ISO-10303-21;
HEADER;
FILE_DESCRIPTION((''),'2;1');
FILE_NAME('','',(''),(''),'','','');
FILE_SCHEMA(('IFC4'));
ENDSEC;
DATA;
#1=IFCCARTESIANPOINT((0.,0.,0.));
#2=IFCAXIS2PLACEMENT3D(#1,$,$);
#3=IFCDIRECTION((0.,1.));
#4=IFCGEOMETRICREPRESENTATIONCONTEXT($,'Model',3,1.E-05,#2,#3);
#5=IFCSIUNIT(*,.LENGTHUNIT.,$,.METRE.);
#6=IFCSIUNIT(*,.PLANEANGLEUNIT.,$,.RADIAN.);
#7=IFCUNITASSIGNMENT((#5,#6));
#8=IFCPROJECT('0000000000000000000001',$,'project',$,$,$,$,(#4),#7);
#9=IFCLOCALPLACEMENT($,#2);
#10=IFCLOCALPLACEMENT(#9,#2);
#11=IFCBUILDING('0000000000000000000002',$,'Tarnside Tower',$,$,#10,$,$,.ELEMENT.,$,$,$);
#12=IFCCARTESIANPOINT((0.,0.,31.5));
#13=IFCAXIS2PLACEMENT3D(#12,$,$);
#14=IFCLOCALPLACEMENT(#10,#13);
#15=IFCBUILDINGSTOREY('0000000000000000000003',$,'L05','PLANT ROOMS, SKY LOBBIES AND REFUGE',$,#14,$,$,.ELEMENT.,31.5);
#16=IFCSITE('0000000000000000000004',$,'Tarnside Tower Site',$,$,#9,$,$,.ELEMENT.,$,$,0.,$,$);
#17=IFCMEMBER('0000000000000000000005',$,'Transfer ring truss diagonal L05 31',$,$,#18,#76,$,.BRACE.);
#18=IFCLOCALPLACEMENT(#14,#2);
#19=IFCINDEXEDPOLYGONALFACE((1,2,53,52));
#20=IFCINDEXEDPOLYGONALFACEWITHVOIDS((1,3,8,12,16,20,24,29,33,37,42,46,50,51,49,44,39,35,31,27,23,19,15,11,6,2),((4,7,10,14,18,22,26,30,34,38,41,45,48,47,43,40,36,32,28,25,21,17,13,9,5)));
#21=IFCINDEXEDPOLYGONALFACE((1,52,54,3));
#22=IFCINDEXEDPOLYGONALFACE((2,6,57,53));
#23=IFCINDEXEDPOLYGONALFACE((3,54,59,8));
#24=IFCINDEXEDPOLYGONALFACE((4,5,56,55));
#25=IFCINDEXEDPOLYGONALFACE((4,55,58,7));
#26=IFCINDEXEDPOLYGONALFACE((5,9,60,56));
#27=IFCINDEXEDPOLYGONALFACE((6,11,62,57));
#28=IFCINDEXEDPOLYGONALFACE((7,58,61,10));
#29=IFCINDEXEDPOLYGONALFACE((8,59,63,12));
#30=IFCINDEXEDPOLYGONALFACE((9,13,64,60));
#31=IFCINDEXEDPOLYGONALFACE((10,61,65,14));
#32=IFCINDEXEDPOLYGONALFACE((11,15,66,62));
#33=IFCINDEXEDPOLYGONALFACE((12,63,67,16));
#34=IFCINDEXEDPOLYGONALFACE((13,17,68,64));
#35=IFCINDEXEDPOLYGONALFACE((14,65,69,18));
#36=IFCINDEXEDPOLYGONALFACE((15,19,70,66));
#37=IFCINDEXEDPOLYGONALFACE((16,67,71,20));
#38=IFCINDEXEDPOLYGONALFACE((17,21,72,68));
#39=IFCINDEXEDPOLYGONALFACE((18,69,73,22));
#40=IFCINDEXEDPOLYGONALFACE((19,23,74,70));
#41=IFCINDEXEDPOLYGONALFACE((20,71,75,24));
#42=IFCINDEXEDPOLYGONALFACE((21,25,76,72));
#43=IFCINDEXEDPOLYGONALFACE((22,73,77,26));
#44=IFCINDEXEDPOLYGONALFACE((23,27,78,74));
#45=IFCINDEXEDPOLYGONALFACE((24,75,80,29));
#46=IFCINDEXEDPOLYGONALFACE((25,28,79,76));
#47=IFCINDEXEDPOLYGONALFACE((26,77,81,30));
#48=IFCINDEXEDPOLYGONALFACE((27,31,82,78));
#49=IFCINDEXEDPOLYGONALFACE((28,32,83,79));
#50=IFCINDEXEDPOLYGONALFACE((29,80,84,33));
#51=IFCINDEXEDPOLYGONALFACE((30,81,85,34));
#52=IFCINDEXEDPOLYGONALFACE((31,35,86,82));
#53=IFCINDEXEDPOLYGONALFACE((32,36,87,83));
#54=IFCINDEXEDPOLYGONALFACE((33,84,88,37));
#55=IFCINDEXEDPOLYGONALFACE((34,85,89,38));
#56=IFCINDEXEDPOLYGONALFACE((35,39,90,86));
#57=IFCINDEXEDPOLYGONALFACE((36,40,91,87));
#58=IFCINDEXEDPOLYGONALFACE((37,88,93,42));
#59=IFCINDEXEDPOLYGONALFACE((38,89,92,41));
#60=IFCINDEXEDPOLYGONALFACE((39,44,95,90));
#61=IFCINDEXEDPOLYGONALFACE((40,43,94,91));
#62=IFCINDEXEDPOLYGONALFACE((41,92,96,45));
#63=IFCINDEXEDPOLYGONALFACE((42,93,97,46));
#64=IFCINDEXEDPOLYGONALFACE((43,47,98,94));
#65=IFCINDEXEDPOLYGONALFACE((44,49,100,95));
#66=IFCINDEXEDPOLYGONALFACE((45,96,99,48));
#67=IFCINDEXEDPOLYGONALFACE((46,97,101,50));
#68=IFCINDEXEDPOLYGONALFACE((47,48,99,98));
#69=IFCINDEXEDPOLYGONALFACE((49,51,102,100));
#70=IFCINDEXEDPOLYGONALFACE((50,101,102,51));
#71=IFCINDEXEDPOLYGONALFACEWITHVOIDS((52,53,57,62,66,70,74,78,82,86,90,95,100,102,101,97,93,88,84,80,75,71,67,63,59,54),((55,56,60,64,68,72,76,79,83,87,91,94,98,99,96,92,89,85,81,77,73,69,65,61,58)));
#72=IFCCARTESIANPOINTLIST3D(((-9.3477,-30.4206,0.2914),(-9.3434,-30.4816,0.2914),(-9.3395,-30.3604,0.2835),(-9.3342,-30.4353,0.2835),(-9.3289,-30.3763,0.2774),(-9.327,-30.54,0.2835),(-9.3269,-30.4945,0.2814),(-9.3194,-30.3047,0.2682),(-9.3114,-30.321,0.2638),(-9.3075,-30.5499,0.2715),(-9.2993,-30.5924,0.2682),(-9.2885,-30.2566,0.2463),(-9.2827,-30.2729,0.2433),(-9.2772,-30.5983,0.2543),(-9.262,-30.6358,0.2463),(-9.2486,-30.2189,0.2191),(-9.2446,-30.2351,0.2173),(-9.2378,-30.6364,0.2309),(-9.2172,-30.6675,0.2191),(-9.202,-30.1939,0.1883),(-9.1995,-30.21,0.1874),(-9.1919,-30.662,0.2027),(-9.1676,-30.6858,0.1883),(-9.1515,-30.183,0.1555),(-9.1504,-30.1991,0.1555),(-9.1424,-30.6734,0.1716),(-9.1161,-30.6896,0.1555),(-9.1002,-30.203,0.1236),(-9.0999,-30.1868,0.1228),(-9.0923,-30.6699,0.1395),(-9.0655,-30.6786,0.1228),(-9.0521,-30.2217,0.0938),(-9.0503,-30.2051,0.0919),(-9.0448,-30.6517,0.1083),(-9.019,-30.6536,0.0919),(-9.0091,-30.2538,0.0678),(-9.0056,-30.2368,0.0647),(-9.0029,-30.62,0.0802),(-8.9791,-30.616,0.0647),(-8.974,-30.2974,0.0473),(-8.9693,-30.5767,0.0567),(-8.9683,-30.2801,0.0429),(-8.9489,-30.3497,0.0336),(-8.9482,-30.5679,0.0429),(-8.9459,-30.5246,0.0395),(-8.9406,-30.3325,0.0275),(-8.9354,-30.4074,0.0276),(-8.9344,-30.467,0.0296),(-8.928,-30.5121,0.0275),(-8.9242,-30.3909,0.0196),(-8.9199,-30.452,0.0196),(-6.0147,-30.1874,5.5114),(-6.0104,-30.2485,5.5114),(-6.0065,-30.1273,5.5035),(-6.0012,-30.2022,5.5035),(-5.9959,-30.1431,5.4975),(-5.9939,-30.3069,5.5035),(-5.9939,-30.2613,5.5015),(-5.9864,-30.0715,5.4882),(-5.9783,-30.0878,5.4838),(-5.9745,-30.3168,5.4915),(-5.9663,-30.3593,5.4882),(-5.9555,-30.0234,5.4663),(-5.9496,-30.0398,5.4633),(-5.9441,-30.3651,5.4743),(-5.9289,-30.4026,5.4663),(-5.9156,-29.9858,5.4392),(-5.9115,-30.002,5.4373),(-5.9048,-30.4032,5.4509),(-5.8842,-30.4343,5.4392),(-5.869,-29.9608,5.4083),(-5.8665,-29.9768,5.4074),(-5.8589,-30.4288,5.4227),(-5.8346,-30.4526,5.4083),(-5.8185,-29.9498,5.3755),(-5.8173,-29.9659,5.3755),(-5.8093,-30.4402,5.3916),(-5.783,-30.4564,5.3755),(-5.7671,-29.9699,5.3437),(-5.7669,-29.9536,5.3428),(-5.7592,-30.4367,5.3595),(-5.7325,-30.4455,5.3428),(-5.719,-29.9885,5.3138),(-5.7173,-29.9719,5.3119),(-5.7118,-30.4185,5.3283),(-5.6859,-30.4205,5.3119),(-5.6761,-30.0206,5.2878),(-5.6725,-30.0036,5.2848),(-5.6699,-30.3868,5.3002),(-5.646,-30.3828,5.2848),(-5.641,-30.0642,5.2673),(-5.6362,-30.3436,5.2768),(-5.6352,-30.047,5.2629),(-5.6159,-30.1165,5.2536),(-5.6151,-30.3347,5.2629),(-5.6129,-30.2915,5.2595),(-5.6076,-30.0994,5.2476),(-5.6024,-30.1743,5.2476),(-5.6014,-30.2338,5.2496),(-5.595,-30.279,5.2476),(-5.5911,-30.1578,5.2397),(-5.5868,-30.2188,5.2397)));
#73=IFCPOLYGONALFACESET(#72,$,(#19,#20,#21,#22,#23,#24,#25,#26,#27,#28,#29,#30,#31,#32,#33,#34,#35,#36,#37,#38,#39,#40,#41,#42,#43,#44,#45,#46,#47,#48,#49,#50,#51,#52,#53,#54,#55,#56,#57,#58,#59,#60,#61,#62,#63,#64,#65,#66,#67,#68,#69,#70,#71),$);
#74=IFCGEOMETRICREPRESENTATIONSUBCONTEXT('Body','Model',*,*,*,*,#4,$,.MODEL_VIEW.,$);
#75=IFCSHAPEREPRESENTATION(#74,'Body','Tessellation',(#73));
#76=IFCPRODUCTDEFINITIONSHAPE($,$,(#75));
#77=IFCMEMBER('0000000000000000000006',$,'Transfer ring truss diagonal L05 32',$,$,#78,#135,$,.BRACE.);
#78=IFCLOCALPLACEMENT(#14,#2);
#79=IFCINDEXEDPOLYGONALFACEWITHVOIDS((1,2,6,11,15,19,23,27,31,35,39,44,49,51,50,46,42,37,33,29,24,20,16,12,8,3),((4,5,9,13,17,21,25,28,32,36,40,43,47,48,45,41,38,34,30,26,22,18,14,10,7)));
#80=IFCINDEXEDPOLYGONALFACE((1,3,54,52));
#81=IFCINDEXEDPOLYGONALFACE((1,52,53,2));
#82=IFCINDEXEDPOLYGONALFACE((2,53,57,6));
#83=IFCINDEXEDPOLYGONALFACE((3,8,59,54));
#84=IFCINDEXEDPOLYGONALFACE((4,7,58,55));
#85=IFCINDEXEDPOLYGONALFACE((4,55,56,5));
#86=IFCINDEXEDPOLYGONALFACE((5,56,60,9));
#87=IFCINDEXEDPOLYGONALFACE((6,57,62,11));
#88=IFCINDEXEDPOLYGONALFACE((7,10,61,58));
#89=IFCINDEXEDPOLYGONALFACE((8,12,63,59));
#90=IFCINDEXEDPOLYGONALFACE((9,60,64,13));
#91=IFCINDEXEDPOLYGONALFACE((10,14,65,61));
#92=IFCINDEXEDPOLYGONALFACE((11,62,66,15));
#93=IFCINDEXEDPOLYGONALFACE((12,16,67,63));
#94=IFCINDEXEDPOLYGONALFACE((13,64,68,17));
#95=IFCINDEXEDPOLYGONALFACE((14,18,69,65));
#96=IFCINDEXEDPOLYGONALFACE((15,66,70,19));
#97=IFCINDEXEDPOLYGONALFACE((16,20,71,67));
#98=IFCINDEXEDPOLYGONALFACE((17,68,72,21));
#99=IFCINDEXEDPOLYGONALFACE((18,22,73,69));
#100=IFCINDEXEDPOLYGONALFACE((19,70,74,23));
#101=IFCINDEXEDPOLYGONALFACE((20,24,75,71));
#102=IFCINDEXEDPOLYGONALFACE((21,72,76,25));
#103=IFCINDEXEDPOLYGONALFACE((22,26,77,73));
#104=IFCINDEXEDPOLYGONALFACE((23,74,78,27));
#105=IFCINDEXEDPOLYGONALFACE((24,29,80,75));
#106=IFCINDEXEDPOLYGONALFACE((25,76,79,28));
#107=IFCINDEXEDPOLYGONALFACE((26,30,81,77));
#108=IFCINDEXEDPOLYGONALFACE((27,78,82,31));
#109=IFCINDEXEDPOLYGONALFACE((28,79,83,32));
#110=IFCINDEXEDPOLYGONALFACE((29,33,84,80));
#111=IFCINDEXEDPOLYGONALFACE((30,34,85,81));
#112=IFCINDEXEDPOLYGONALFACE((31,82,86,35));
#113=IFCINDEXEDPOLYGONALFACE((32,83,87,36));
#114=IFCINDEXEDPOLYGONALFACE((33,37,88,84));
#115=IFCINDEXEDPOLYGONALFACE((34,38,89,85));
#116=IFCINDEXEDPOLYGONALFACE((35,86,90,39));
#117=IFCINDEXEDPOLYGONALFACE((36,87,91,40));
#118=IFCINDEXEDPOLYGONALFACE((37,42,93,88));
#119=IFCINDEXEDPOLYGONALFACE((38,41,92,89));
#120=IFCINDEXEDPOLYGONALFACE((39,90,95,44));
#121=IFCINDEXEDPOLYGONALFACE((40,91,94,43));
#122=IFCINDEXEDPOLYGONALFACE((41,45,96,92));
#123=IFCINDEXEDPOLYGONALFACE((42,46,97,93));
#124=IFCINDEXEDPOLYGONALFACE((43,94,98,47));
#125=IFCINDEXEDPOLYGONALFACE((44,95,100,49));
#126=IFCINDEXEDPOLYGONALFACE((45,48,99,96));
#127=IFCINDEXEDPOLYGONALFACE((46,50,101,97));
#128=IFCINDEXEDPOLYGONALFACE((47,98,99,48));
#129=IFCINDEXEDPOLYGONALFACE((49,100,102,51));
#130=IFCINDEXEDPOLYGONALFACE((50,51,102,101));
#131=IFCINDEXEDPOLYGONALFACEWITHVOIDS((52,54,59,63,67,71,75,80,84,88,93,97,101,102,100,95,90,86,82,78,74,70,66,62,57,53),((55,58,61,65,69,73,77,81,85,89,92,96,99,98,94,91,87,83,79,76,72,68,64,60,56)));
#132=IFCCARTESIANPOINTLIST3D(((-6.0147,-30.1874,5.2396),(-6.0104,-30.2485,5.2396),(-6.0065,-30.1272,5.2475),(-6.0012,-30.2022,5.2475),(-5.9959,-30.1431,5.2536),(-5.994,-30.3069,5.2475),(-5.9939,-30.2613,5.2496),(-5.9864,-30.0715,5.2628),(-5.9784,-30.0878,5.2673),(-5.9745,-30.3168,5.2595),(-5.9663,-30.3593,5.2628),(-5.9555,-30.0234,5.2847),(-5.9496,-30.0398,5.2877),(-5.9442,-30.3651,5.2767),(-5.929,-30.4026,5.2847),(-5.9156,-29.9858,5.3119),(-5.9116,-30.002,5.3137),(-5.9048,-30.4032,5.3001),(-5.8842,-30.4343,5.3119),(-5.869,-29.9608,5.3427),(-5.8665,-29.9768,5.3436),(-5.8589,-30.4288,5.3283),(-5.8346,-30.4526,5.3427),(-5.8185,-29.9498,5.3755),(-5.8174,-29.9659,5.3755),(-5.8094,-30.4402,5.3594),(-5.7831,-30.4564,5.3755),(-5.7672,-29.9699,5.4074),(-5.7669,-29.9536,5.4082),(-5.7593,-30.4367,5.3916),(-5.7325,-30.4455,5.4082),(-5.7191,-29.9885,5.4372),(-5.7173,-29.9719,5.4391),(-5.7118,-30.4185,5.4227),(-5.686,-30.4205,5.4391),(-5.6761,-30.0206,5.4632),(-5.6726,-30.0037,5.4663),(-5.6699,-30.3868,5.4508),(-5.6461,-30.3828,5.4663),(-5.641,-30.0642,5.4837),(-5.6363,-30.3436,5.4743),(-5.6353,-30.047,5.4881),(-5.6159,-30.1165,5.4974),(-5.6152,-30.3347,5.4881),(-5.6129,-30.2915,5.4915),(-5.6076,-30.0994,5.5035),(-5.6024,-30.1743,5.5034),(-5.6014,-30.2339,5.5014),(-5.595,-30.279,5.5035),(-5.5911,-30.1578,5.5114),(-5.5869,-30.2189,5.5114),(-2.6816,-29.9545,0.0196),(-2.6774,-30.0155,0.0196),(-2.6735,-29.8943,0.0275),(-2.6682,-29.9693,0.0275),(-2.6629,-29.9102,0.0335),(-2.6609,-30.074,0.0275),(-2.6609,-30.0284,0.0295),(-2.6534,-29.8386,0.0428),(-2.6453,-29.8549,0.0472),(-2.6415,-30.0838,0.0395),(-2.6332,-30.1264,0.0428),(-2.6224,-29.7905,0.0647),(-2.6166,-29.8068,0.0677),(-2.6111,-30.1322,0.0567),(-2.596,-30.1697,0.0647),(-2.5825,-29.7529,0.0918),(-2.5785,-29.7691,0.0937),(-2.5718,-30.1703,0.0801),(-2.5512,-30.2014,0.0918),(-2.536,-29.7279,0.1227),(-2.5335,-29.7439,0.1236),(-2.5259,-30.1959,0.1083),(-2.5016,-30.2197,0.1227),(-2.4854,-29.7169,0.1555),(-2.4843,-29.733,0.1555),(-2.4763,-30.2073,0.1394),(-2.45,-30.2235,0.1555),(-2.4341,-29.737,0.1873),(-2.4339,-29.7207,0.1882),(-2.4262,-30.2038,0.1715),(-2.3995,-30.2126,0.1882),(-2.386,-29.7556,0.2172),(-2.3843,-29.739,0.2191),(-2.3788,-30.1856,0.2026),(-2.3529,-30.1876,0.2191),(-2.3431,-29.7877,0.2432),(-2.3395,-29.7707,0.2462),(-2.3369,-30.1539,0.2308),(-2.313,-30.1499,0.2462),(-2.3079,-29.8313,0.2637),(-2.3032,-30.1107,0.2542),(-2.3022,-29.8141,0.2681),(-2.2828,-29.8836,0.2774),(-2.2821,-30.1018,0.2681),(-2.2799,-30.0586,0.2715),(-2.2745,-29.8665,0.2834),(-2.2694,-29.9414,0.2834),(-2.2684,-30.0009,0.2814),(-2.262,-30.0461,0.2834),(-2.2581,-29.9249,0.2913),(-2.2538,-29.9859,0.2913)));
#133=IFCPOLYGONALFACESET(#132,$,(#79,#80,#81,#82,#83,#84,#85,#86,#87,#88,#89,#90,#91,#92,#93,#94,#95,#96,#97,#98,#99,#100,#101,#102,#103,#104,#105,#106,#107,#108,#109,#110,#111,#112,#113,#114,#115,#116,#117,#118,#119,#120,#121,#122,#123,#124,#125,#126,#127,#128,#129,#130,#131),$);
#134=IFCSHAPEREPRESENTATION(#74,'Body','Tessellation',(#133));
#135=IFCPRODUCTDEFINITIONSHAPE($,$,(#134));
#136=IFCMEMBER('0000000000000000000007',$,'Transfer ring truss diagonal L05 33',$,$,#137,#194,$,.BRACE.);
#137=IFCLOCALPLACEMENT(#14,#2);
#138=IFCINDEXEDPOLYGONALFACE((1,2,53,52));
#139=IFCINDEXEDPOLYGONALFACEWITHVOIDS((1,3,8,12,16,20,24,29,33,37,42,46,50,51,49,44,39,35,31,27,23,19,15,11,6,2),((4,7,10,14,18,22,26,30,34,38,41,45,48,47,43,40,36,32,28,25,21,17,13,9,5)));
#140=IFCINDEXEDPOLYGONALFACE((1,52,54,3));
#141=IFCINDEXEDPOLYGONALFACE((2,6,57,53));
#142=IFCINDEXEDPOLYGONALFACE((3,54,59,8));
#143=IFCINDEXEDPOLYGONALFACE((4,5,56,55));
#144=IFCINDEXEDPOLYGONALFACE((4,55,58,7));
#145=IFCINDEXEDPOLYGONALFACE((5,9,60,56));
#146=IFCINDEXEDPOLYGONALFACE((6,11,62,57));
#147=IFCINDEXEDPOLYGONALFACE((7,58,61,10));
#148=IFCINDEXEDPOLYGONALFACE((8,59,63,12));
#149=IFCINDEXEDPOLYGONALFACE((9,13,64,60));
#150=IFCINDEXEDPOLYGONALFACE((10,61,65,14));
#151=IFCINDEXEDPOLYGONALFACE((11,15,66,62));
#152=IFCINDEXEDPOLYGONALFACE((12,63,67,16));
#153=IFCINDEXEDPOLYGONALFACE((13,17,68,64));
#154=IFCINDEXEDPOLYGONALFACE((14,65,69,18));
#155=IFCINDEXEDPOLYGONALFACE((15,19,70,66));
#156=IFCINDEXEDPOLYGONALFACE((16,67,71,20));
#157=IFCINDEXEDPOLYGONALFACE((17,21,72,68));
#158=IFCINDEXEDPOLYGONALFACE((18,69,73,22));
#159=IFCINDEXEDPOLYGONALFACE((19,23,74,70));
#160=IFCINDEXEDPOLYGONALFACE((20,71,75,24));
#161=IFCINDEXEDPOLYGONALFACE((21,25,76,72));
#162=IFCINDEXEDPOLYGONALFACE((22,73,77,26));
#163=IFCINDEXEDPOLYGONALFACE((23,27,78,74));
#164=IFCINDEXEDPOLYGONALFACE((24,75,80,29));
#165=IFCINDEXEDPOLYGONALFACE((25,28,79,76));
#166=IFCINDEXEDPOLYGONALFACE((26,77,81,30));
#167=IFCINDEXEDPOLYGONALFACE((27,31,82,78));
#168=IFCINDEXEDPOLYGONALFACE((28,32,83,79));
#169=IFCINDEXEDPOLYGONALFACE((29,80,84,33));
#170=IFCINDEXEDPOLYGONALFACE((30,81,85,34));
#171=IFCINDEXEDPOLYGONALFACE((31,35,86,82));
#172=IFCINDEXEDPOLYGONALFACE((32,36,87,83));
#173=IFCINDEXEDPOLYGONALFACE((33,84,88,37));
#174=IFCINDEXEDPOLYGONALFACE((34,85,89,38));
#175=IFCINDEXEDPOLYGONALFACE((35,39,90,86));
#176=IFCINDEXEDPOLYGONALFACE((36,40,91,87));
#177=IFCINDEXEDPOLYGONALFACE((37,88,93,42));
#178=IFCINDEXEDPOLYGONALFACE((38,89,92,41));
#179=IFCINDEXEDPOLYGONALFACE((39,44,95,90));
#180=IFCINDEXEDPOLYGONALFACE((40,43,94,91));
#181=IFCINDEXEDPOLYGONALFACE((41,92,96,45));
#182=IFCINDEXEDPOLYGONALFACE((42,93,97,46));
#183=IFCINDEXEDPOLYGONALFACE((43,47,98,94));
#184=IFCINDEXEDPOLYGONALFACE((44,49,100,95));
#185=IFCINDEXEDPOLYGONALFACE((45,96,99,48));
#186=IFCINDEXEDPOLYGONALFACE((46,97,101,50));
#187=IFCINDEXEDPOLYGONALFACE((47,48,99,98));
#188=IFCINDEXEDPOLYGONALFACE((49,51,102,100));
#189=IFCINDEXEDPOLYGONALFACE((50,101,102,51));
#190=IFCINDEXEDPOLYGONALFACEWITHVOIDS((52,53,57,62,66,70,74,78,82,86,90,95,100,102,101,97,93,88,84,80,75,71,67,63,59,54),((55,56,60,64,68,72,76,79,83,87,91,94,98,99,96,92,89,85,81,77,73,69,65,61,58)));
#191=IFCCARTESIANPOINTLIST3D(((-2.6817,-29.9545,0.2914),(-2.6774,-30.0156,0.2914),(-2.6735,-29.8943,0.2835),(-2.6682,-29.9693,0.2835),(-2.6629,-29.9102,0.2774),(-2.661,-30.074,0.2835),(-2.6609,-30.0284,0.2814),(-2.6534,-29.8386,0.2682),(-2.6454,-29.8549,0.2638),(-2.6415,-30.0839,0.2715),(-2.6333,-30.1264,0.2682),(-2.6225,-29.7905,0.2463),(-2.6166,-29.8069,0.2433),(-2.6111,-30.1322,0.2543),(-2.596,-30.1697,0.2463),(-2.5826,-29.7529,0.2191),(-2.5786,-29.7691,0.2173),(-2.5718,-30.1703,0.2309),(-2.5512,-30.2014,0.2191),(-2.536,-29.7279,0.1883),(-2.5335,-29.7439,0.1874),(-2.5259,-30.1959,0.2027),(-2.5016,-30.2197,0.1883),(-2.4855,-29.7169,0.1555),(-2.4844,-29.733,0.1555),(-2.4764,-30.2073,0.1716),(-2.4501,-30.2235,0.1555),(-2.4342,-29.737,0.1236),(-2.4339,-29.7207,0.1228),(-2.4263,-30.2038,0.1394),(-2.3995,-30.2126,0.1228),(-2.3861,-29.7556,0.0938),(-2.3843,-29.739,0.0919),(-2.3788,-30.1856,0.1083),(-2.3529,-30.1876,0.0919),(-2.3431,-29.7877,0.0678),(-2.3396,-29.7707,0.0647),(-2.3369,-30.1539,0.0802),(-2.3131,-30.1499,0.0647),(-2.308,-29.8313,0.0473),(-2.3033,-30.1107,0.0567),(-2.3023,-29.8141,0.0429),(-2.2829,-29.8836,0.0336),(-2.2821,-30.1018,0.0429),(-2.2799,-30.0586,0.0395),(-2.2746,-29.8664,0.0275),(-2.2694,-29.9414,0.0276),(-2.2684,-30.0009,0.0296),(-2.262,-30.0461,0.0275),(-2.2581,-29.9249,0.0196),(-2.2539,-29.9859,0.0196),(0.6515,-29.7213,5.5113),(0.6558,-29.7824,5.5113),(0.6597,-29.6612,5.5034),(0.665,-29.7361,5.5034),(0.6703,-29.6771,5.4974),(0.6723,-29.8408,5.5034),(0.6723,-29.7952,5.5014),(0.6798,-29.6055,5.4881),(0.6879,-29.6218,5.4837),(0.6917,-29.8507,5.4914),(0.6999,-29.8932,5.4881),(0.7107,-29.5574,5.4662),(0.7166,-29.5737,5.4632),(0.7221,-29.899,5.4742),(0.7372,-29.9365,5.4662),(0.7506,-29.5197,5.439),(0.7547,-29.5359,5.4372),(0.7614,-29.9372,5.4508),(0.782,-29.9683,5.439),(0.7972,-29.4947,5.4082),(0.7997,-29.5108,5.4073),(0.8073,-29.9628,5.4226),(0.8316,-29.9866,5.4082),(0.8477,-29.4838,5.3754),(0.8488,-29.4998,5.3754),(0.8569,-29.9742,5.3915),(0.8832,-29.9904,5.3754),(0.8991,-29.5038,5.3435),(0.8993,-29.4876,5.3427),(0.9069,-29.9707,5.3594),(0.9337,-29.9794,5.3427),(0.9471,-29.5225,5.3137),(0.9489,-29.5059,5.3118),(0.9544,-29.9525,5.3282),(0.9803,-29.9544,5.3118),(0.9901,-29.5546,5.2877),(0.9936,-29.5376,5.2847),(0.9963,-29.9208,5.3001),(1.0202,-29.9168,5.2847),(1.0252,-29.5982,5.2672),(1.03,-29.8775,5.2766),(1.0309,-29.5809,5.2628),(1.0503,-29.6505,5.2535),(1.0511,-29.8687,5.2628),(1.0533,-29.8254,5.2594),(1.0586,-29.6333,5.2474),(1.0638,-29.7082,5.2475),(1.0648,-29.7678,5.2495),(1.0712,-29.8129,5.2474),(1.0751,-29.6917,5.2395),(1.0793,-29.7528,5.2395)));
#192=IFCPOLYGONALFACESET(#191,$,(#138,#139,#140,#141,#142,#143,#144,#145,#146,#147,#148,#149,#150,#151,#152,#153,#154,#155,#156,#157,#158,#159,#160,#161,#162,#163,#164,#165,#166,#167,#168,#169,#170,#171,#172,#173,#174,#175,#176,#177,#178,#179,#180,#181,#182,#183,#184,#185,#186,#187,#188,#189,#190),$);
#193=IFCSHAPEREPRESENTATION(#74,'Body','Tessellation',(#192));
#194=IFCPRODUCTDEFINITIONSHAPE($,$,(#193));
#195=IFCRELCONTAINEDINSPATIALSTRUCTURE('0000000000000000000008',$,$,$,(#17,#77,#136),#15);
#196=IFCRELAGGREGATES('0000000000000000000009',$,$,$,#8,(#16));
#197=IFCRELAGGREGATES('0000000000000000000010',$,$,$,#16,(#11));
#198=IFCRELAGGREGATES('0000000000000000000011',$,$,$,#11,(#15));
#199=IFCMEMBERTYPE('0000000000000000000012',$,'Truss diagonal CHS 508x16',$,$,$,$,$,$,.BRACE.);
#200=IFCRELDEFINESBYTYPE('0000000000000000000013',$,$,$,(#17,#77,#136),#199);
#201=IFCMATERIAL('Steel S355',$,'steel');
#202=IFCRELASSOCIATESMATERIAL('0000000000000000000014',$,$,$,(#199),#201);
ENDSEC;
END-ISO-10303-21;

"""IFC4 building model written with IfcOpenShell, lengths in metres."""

from ifc_helpers import new_model, si_unit, direction, frame, origin, origin_2d, place, context, subcontext, project, spatial, hollow_circle, extrude, material, material_profile, profile_set, type_object, element, save


model = new_model("IFC4")

# Units and contexts
model_context = context("Model", 3, precision=1e-05, world=origin(), true_north=direction((0.0, 1.0)))
body_context = subcontext(model_context, "Body", "Model", "MODEL_VIEW")
ifc_project = project(units=[si_unit("LENGTHUNIT", "METRE"), si_unit("PLANEANGLEUNIT", "RADIAN")], contexts=[model_context])

# Site, building, storey
site_placement = place(None, origin())
site = spatial("IfcSite", under=ifc_project, at=site_placement, Name="Tarnside Tower Site", CompositionType="ELEMENT", RefElevation=0.0)
building_placement = place(site_placement, origin())
building = spatial("IfcBuilding", under=site, at=building_placement, Name="Tarnside Tower", CompositionType="ELEMENT")
storey_placement = place(building_placement, frame((0.0, 0.0, 31.5)))
storey = spatial("IfcBuildingStorey", under=building, at=storey_placement, Name="L05", Description="PLANT ROOMS, SKY LOBBIES AND REFUGE", CompositionType="ELEMENT", Elevation=31.5)

# Shared definitions
ifc_material_1 = material(Name="Steel S355", Category="steel")

# Members
ifc_material_profile_1 = material_profile(ifc_material_1, hollow_circle(Radius=0.2539, WallThickness=0.0161, at=origin_2d()), Name="CHS 508x16")
ifc_profile_set_1 = profile_set([ifc_material_profile_1], Name="Steel S355")
member_type_1 = type_object("IfcMemberType", Name="Truss diagonal CHS 508x16", PredefinedType="BRACE", material=ifc_profile_set_1)
for number, where, z_axis, x_axis, name in (
    (1, (-9.1338, -30.4363, 0.1555), (0.537782, 0.03762, 0.842244), (-0.069783, 0.997562, 0.0), "Transfer ring truss diagonal L05 31"),
    (2, (-5.8008, -30.2031, 5.3755), (0.537783, 0.03758, -0.842245), (-0.06971, 0.997567, 0.0), "Transfer ring truss diagonal L05 32"),
    (3, (-2.4678, -29.9702, 0.1555), (0.53781, 0.037619, 0.842226), (-0.069778, 0.997563, 0.0), "Transfer ring truss diagonal L05 33"),
):
    element("IfcMember", number, at=place(storey_placement, frame(where, z_axis=z_axis, x_axis=x_axis)), inside=storey, type_object=member_type_1, Name=name, PredefinedType="BRACE", context=body_context, shape_type="SweptSolid", body=[
        extrude(hollow_circle(Radius=0.2539, WallThickness=0.0161, at=origin_2d()), origin(), (0.0, 0.0, 1.0), 6.1978),
    ])

save(model, "model.ifc")
